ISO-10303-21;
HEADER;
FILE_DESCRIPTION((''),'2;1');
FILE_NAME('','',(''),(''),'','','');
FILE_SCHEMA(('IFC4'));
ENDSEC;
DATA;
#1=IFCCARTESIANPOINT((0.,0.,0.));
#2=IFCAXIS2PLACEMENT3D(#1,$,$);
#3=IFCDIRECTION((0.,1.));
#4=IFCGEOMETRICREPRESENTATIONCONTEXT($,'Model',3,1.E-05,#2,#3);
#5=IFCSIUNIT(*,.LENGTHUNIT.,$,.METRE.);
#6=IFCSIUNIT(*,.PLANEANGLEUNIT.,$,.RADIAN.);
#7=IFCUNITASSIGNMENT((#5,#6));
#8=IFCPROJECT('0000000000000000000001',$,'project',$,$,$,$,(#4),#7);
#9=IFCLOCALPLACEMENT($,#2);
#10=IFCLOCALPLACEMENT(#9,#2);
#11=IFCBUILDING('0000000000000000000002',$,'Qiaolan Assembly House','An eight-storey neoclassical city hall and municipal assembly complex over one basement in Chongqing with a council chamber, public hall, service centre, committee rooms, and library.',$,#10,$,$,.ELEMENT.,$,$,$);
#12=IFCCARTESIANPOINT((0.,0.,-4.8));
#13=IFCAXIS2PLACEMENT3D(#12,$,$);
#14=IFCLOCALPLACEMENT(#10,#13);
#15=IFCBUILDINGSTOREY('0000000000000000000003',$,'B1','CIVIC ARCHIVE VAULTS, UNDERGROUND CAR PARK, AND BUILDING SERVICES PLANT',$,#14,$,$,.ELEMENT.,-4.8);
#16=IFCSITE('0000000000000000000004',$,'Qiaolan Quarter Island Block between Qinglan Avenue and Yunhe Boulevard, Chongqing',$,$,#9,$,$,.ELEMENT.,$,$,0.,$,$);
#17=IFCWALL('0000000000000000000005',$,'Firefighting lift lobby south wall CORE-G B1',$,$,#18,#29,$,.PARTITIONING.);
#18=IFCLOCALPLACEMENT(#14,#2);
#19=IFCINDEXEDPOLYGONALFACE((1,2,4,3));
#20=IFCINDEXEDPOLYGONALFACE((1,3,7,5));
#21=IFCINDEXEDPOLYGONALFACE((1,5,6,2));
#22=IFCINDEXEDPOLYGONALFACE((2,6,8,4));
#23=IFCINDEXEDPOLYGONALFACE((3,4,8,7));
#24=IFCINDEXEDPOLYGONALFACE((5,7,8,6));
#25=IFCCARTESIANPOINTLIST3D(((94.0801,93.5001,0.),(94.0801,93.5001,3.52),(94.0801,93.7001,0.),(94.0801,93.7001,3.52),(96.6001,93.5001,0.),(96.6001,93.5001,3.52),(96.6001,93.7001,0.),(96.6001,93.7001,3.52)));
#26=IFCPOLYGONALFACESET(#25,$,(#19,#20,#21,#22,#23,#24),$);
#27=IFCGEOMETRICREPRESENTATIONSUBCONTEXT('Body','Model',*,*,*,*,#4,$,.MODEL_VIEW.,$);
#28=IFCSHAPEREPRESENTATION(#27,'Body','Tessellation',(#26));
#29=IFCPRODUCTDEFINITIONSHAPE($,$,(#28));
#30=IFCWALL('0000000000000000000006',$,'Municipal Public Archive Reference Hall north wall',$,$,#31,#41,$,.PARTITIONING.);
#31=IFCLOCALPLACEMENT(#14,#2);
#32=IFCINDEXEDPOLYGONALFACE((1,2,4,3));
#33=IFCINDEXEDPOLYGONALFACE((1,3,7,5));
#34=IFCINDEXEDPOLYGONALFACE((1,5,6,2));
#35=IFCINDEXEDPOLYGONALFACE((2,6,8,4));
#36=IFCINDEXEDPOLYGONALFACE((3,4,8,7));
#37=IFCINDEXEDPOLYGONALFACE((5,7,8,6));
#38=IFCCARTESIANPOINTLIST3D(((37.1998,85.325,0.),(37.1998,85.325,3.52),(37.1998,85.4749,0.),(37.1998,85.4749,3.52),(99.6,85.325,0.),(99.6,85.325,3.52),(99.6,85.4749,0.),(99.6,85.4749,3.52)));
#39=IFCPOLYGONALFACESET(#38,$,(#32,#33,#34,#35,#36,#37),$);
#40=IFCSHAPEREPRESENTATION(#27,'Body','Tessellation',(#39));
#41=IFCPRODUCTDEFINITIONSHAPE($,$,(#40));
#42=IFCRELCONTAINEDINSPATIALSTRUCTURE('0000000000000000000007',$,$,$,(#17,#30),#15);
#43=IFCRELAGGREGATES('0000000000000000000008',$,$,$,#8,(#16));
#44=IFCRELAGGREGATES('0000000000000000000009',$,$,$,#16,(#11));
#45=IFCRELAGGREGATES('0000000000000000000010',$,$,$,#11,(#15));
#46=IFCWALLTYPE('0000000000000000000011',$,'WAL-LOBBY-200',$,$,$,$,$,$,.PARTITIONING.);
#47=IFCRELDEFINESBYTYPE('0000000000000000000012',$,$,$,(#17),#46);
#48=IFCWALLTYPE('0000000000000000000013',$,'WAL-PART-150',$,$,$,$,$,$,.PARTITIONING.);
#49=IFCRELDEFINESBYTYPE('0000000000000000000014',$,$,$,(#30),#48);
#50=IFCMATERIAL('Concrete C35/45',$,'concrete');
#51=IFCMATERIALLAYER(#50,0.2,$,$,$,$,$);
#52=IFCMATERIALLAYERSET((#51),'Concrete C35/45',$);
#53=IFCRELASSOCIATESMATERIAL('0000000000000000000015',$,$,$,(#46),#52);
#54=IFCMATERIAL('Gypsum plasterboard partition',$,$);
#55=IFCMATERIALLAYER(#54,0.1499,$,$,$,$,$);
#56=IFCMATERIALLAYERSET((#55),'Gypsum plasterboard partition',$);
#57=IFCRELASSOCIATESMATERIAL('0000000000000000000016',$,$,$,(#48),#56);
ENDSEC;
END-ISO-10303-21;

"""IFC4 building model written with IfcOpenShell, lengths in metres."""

from ifc_helpers import new_model, si_unit, direction, frame, frame_2d, origin, place, context, subcontext, project, spatial, rectangle, extrude, material, layer, layer_set, type_object, element, save


model = new_model("IFC4")

# Units and contexts
model_context = context("Model", 3, precision=1e-05, world=origin(), true_north=direction((0.0, 1.0)))
body_context = subcontext(model_context, "Body", "Model", "MODEL_VIEW")
ifc_project = project(units=[si_unit("LENGTHUNIT", "METRE"), si_unit("PLANEANGLEUNIT", "RADIAN")], contexts=[model_context])

# Site, building, storey
site_placement = place(None, origin())
site = spatial("IfcSite", under=ifc_project, at=site_placement, Name="Qiaolan Quarter Island Block between Qinglan Avenue and Yunhe Boulevard, Chongqing", CompositionType="ELEMENT", RefElevation=0.0)
building_placement = place(site_placement, origin())
building = spatial("IfcBuilding", under=site, at=building_placement, Name="Qiaolan Assembly House", Description="An eight-storey neoclassical city hall and municipal assembly complex over one basement in Chongqing with a council chamber, public hall, service centre, committee rooms, and library.", CompositionType="ELEMENT")
storey_placement = place(building_placement, frame((0.0, 0.0, -4.8)))
storey = spatial("IfcBuildingStorey", under=building, at=storey_placement, Name="B1", Description="CIVIC ARCHIVE VAULTS, UNDERGROUND CAR PARK, AND BUILDING SERVICES PLANT", CompositionType="ELEMENT", Elevation=-4.8)

# Walls
ifc_material_1 = material(Name="Concrete C35/45", Category="concrete")
ifc_layer_1 = layer(ifc_material_1, 0.2)
ifc_layer_set_1 = layer_set([ifc_layer_1], Name="Concrete C35/45")
wall_type_1 = type_object("IfcWallType", Name="WAL-LOBBY-200", PredefinedType="PARTITIONING", material=ifc_layer_set_1)
wall_1_placement = place(storey_placement, frame((94.0801, 93.6001, 0.0), z_axis=(0.0, 0.0, 1.0), x_axis=(1.0, 0.0, 0.0)))
element("IfcWall", 1, at=wall_1_placement, inside=storey, type_object=wall_type_1, Name="Firefighting lift lobby south wall CORE-G B1", PredefinedType="PARTITIONING", context=body_context, shape_type="SweptSolid", body=[
    extrude(rectangle(XDim=2.52, YDim=0.2, at=frame_2d((1.26, 0.0))), origin(), (0.0, 0.0, 1.0), 3.52),
])
ifc_material_2 = material(Name="Gypsum plasterboard partition")
ifc_layer_2 = layer(ifc_material_2, 0.1499)
ifc_layer_set_2 = layer_set([ifc_layer_2], Name="Gypsum plasterboard partition")
wall_type_2 = type_object("IfcWallType", Name="WAL-PART-150", PredefinedType="PARTITIONING", material=ifc_layer_set_2)
wall_2_placement = place(storey_placement, frame((99.6001, 85.3999, 0.0), z_axis=(0.0, 0.0, 1.0), x_axis=(-1.0, 0.0, 0.0)))
element("IfcWall", 2, at=wall_2_placement, inside=storey, type_object=wall_type_2, Name="Municipal Public Archive Reference Hall north wall", PredefinedType="PARTITIONING", context=body_context, shape_type="SweptSolid", body=[
    extrude(rectangle(XDim=62.4001, YDim=0.1499, at=frame_2d((31.2002, 0.0))), origin(), (0.0, 0.0, 1.0), 3.52),
])

save(model, "model.ifc")
